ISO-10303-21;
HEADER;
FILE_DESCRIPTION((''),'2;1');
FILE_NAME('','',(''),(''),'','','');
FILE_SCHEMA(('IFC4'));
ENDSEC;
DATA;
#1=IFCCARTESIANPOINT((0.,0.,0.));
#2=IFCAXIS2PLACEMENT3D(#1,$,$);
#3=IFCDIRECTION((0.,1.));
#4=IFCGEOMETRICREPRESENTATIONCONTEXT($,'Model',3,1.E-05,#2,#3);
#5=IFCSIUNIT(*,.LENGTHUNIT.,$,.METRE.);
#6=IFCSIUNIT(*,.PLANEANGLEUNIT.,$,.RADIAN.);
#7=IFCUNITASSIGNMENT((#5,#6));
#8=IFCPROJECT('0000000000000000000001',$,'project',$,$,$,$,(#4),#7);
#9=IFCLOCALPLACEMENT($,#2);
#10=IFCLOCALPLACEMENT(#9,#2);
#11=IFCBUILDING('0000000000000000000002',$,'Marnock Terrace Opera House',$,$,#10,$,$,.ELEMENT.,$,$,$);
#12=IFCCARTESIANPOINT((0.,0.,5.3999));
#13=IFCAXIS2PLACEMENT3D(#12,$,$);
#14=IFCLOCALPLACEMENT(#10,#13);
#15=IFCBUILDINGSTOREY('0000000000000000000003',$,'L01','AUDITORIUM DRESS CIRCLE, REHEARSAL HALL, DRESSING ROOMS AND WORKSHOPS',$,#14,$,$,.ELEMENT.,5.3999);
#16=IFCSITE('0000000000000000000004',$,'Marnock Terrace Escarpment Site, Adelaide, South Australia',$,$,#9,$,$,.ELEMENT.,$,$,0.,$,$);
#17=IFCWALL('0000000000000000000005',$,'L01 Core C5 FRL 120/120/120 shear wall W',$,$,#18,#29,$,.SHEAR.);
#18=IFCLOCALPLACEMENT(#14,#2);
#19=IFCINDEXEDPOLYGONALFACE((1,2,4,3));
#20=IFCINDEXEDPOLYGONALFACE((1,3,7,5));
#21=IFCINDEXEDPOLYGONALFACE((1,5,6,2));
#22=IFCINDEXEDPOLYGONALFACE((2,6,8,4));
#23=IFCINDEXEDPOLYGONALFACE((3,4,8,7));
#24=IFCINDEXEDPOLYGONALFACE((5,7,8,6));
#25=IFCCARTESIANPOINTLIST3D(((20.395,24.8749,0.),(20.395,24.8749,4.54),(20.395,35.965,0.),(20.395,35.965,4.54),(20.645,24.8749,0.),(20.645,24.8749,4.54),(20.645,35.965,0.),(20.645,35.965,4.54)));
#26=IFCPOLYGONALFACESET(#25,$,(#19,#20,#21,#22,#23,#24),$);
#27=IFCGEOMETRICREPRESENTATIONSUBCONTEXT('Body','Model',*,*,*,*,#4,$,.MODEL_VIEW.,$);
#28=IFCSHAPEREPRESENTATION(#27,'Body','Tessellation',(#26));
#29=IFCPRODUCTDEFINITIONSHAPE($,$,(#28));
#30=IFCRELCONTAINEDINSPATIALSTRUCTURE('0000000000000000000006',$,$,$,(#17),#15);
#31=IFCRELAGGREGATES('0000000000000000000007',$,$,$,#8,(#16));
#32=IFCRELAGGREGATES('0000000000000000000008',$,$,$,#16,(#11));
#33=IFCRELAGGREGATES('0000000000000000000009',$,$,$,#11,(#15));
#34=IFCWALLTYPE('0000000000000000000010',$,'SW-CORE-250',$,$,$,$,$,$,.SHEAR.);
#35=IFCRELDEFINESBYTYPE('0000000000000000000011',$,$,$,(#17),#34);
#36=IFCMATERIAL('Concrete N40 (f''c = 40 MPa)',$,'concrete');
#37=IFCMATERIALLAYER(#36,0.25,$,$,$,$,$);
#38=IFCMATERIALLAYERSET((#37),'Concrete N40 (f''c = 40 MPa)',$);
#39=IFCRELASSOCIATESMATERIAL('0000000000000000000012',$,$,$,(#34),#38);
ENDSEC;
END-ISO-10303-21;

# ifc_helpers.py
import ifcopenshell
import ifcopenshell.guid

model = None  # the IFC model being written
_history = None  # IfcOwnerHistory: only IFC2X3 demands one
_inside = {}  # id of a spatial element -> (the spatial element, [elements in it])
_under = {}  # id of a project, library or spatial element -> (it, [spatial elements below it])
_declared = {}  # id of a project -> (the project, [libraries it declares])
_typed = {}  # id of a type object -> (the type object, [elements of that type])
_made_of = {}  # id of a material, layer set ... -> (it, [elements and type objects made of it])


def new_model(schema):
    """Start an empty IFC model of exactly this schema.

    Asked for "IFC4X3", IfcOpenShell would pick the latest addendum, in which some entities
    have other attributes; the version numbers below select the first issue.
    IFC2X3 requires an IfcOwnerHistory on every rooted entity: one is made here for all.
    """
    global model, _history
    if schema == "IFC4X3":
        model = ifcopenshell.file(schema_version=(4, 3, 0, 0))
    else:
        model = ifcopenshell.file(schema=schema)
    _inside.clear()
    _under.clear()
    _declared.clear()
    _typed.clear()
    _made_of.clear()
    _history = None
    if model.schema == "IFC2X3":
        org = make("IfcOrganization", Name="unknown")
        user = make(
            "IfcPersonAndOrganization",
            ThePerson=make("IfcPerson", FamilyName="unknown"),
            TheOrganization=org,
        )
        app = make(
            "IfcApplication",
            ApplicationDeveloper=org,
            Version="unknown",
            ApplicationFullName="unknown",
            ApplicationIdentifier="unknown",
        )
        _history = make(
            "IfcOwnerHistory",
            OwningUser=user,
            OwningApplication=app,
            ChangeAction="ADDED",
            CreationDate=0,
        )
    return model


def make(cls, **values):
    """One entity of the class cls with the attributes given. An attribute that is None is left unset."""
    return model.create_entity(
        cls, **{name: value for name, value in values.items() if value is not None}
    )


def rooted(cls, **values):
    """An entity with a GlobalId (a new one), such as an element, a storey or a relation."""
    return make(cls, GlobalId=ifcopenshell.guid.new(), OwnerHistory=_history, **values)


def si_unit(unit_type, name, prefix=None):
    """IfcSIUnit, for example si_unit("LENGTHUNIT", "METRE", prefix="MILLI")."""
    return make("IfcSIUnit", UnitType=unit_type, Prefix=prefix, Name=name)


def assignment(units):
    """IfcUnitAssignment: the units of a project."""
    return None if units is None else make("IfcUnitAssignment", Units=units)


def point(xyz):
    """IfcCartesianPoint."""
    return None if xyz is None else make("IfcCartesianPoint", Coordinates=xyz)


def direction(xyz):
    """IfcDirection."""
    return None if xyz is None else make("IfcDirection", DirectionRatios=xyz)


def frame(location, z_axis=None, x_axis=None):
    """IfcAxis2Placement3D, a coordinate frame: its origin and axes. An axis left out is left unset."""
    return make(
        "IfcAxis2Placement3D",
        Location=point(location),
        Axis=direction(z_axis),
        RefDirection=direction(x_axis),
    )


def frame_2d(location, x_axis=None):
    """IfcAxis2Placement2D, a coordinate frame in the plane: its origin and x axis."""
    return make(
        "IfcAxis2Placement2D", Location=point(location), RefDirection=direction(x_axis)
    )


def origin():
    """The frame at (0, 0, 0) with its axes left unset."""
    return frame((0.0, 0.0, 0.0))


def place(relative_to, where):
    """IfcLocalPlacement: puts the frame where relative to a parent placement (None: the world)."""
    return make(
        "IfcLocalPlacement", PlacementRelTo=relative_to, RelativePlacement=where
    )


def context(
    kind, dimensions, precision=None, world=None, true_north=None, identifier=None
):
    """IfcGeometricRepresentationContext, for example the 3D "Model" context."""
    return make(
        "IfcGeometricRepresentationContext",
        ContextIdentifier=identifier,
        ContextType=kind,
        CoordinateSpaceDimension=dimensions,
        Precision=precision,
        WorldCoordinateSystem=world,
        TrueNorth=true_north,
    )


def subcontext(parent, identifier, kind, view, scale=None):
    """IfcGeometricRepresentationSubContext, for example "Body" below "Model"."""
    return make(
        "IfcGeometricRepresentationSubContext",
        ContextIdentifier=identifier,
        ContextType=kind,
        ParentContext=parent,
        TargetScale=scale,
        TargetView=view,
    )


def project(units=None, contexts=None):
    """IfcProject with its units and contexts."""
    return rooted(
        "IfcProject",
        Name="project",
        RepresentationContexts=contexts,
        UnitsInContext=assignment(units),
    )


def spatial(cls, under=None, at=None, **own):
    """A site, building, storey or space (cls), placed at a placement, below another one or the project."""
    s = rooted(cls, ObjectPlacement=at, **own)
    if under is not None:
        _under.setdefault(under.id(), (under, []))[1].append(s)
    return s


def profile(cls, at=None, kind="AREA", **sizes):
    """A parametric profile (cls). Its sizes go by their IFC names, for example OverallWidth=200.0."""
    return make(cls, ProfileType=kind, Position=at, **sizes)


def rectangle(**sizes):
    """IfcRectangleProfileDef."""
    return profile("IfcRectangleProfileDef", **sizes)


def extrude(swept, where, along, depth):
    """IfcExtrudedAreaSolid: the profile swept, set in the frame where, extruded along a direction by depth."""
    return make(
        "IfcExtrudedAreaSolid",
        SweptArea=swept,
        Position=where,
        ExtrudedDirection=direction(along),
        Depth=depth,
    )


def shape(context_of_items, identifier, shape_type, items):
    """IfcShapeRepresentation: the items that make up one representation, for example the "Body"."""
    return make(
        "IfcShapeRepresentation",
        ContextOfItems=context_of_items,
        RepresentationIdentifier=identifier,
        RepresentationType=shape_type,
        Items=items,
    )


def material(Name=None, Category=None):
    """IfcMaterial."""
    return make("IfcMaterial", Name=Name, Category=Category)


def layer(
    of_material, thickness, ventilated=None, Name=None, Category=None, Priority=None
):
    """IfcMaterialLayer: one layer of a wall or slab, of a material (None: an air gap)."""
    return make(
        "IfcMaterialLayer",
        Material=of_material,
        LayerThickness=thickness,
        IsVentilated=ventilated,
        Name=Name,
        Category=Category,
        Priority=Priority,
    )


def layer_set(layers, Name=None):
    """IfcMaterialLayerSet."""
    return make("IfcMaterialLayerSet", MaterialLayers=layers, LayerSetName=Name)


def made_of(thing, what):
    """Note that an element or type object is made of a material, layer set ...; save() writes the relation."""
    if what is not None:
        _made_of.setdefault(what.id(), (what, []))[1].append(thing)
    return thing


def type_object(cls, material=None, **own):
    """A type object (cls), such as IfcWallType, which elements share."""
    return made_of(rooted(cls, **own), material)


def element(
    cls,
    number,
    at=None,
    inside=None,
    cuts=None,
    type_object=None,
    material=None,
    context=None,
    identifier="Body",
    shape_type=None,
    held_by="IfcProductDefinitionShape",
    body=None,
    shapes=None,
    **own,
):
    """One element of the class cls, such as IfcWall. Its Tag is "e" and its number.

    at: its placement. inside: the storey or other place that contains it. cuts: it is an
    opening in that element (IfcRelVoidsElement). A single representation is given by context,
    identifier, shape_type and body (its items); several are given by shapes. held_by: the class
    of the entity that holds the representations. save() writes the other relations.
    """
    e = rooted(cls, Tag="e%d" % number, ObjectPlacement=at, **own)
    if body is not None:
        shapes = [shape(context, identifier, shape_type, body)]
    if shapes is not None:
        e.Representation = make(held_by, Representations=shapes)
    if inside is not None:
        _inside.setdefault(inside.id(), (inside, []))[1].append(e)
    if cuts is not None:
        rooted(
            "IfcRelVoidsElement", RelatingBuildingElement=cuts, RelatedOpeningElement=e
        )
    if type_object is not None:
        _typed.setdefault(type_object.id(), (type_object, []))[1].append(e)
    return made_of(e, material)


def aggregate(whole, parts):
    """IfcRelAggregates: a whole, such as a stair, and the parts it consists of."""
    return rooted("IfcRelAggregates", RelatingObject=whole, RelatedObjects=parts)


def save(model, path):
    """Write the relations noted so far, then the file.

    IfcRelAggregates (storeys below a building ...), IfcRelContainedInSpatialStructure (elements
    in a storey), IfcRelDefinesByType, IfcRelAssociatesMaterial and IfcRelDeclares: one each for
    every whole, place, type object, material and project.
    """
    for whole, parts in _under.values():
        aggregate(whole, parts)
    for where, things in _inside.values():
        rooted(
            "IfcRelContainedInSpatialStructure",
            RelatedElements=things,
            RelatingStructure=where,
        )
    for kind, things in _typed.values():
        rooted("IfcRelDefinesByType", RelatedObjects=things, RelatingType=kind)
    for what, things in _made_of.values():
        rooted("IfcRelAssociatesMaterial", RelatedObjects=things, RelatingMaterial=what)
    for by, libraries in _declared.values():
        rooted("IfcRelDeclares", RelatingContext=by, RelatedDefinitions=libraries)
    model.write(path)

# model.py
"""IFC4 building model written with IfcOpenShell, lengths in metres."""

from ifc_helpers import new_model, si_unit, direction, frame, frame_2d, origin, place, context, subcontext, project, spatial, rectangle, extrude, material, layer, layer_set, type_object, element, save


model = new_model("IFC4")

# Units and contexts
model_context = context("Model", 3, precision=1e-05, world=origin(), true_north=direction((0.0, 1.0)))
body_context = subcontext(model_context, "Body", "Model", "MODEL_VIEW")
ifc_project = project(units=[si_unit("LENGTHUNIT", "METRE"), si_unit("PLANEANGLEUNIT", "RADIAN")], contexts=[model_context])

# Site, building, storey
site_placement = place(None, origin())
site = spatial("IfcSite", under=ifc_project, at=site_placement, Name="Marnock Terrace Escarpment Site, Adelaide, South Australia", CompositionType="ELEMENT", RefElevation=0.0)
building_placement = place(site_placement, origin())
building = spatial("IfcBuilding", under=site, at=building_placement, Name="Marnock Terrace Opera House", CompositionType="ELEMENT")
storey_placement = place(building_placement, frame((0.0, 0.0, 5.3999)))
storey = spatial("IfcBuildingStorey", under=building, at=storey_placement, Name="L01", Description="AUDITORIUM DRESS CIRCLE, REHEARSAL HALL, DRESSING ROOMS AND WORKSHOPS", CompositionType="ELEMENT", Elevation=5.3999)

# Shared definitions
ifc_material_1 = material(Name="Concrete N40 (f'c = 40 MPa)", Category="concrete")

# Shared definitions
ifc_layer_1 = layer(ifc_material_1, 0.25)
ifc_layer_set_1 = layer_set([ifc_layer_1], Name="Concrete N40 (f'c = 40 MPa)")
wall_type_1 = type_object("IfcWallType", Name="SW-CORE-250", PredefinedType="SHEAR", material=ifc_layer_set_1)

# Wall
wall_1_placement = place(storey_placement, frame((20.52, 24.875, 0.0), z_axis=(0.0, 0.0, 1.0), x_axis=(0.0, 1.0, 0.0)))
element("IfcWall", 1, at=wall_1_placement, inside=storey, type_object=wall_type_1, Name="L01 Core C5 FRL 120/120/120 shear wall W", PredefinedType="SHEAR", context=body_context, shape_type="SweptSolid", body=[
    extrude(rectangle(XDim=11.0901, YDim=0.25, at=frame_2d((5.5449, 0.0))), origin(), (0.0, 0.0, 1.0), 4.54),
])

save(model, "model.ifc")
